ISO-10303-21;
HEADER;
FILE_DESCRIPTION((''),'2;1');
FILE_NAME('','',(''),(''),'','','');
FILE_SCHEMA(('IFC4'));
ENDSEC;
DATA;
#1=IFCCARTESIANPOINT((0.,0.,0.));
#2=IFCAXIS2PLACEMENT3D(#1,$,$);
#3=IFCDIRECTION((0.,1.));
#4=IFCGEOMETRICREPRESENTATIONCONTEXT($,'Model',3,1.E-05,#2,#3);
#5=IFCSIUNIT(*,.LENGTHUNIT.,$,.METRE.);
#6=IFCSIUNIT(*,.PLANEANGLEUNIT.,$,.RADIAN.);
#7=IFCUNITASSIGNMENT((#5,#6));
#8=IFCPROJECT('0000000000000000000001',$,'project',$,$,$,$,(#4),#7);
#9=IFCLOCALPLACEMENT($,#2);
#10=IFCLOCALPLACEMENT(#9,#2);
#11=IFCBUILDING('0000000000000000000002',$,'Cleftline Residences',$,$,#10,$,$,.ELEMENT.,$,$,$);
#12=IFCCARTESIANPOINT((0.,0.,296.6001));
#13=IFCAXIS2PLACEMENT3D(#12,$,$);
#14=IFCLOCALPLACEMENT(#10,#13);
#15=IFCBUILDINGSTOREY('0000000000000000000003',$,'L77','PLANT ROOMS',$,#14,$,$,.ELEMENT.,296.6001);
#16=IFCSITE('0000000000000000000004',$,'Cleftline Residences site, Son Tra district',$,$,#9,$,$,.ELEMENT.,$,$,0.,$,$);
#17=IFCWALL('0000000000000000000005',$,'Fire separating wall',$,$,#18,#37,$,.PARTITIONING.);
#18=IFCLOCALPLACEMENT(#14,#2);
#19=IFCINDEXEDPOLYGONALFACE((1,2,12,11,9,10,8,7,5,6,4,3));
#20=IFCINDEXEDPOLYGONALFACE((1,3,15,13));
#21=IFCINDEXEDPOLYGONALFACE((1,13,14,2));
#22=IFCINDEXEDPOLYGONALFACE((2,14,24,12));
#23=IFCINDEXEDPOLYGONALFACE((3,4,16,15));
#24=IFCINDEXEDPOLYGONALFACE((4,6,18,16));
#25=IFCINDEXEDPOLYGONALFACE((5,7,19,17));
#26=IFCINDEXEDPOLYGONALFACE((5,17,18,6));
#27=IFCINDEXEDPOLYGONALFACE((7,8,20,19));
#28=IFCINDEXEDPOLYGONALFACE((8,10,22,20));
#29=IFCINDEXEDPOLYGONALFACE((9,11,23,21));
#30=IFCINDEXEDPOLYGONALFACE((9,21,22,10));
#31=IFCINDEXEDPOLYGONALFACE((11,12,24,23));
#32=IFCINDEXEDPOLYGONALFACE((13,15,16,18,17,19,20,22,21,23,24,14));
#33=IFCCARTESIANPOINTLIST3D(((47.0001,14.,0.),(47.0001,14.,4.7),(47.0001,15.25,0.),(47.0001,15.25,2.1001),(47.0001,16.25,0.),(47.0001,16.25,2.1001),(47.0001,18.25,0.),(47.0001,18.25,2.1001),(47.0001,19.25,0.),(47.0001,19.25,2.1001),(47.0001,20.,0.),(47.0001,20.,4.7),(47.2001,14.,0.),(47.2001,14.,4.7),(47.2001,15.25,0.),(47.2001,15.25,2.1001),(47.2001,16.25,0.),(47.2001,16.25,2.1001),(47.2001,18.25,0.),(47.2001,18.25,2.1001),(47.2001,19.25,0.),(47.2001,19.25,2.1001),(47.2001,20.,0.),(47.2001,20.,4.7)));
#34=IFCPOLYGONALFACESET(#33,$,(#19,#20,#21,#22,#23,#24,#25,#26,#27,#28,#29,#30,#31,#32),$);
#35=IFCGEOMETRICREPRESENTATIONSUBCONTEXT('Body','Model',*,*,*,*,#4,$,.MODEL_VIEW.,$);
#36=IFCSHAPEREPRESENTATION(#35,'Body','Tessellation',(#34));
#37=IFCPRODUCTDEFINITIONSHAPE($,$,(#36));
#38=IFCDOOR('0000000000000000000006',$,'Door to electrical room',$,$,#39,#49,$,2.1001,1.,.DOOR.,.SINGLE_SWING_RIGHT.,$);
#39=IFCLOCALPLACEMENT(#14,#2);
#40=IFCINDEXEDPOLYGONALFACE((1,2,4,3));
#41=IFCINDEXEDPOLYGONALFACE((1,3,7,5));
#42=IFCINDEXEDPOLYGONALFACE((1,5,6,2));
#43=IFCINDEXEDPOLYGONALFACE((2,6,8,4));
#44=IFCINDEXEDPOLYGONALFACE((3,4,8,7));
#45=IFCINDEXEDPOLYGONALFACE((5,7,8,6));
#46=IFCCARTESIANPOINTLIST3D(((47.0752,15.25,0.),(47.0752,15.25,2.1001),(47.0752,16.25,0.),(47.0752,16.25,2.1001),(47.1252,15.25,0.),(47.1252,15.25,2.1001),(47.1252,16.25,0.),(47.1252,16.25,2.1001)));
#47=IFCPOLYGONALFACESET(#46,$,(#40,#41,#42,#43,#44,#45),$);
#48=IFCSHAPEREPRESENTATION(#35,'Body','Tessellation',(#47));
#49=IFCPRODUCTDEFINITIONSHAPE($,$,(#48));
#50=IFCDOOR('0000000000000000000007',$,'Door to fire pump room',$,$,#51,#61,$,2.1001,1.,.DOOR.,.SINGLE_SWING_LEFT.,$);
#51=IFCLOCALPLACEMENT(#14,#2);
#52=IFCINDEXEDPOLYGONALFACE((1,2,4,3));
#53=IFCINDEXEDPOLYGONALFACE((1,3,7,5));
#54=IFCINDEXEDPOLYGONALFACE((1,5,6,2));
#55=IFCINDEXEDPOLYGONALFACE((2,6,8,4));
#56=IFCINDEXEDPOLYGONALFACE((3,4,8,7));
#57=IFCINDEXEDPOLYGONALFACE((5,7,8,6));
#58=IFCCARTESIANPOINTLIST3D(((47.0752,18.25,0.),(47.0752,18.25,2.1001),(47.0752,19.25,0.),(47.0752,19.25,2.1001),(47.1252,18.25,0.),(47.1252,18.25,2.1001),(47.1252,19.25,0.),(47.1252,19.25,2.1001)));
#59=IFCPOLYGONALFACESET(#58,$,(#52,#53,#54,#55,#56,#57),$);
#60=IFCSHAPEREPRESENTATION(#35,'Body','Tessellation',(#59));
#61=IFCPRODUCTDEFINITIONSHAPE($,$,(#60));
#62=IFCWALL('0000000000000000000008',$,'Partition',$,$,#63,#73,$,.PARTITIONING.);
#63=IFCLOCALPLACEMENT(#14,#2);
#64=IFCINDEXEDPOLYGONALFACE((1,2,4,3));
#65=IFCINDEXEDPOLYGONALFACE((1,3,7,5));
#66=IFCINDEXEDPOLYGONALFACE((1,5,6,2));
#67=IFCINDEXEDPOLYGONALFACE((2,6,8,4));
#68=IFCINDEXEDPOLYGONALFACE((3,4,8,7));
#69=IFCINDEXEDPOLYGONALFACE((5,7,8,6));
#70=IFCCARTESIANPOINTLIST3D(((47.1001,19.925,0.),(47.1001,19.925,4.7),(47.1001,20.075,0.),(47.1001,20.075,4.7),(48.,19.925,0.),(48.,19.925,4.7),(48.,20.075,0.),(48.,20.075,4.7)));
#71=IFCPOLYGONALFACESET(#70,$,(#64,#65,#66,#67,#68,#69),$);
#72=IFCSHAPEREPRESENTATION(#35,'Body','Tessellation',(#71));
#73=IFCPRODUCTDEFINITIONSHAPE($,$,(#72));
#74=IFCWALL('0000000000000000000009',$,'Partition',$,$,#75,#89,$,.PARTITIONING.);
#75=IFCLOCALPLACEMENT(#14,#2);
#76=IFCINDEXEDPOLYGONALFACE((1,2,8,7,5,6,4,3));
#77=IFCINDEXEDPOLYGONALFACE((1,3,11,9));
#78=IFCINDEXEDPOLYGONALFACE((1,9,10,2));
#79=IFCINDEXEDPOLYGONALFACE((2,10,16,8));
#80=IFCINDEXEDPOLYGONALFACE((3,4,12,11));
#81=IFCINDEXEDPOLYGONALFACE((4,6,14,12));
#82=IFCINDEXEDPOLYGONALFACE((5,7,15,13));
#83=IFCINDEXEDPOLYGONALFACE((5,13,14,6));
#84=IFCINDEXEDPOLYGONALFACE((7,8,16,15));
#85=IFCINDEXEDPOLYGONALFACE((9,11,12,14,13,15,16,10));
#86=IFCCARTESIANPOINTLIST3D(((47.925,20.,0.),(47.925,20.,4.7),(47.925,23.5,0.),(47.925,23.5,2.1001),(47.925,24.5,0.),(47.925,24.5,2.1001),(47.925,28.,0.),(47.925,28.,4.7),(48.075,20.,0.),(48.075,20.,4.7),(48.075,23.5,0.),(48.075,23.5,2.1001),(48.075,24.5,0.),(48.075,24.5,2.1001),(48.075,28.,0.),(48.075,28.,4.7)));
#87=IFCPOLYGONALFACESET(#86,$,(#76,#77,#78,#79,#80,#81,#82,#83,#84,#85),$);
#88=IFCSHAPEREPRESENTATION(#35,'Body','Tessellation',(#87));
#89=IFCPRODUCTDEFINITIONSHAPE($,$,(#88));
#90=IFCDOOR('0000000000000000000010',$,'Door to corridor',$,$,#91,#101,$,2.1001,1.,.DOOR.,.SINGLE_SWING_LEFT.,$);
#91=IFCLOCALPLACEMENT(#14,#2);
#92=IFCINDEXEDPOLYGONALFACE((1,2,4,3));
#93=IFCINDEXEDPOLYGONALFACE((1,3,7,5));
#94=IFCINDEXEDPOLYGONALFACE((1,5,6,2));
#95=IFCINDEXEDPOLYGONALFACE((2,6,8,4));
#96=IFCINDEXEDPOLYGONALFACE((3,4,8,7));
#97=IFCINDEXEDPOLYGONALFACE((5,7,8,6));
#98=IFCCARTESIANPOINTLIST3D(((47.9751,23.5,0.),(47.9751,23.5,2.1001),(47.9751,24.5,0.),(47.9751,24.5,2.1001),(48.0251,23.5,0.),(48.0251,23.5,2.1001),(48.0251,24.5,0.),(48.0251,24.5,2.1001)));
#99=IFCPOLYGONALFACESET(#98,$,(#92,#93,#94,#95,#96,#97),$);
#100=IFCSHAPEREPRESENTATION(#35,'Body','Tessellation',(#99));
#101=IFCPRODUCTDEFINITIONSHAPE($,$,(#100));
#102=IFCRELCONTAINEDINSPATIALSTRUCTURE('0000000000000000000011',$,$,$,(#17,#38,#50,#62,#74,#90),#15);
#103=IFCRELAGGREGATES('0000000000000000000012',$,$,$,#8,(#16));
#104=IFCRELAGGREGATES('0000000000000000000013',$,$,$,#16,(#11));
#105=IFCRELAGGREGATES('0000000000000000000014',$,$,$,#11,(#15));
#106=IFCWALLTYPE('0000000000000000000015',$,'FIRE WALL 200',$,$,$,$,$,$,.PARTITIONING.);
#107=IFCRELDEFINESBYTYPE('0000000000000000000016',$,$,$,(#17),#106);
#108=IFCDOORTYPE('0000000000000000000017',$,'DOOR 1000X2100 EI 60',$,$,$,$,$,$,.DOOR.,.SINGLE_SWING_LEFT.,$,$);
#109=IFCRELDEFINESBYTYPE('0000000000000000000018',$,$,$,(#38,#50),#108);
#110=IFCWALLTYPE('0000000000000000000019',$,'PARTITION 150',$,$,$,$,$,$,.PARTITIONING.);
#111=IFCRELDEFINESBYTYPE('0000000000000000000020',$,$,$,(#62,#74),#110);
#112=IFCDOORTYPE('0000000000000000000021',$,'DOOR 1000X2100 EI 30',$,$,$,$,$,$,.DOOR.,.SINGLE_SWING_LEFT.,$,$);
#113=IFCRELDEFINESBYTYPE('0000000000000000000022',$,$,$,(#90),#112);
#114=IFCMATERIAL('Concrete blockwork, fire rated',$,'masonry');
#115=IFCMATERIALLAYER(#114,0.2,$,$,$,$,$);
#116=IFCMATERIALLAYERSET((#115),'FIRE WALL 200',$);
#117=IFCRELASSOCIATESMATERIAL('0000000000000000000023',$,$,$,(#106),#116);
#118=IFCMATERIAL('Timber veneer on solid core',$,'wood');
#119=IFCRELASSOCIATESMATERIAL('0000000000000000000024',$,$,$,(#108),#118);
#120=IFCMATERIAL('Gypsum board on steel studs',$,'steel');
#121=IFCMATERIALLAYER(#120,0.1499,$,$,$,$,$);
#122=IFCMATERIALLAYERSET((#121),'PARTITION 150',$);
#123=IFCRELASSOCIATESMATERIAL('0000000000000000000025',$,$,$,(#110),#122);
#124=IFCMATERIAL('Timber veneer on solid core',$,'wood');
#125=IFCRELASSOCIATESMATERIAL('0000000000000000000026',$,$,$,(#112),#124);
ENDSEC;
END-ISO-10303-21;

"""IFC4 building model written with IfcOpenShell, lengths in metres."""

from ifc_helpers import new_model, si_unit, direction, frame, frame_2d, origin, place, context, subcontext, project, spatial, rectangle, extrude, material, layer, layer_set, type_object, element, fill, save


model = new_model("IFC4")

# Units and contexts
model_context = context("Model", 3, precision=1e-05, world=origin(), true_north=direction((0.0, 1.0)))
body_context = subcontext(model_context, "Body", "Model", "MODEL_VIEW")
ifc_project = project(units=[si_unit("LENGTHUNIT", "METRE"), si_unit("PLANEANGLEUNIT", "RADIAN")], contexts=[model_context])

# Site, building, storey
site_placement = place(None, origin())
site = spatial("IfcSite", under=ifc_project, at=site_placement, Name="Cleftline Residences site, Son Tra district", CompositionType="ELEMENT", RefElevation=0.0)
building_placement = place(site_placement, origin())
building = spatial("IfcBuilding", under=site, at=building_placement, Name="Cleftline Residences", CompositionType="ELEMENT")
storey_placement = place(building_placement, frame((0.0, 0.0, 296.6001)))
storey = spatial("IfcBuildingStorey", under=building, at=storey_placement, Name="L77", Description="PLANT ROOMS", CompositionType="ELEMENT", Elevation=296.6001)

# Shared definitions
ifc_material_1 = material(Name="Concrete blockwork, fire rated", Category="masonry")
ifc_layer_1 = layer(ifc_material_1, 0.2)
ifc_layer_set_1 = layer_set([ifc_layer_1], Name="FIRE WALL 200")
wall_type_1 = type_object("IfcWallType", Name="FIRE WALL 200", PredefinedType="PARTITIONING", material=ifc_layer_set_1)
ifc_material_2 = material(Name="Timber veneer on solid core", Category="wood")
door_type_1 = type_object("IfcDoorType", Name="DOOR 1000X2100 EI 60", OperationType="SINGLE_SWING_LEFT", PredefinedType="DOOR", material=ifc_material_2)

# Wall, openings, doors
wall_1_placement = place(storey_placement, frame((47.1001, 14.0, 0.0), z_axis=(0.0, 0.0, 1.0), x_axis=(0.0, 1.0, 0.0)))
wall_1 = element("IfcWall", 1, at=wall_1_placement, inside=storey, type_object=wall_type_1, Name="Fire separating wall", PredefinedType="PARTITIONING", context=body_context, shape_type="SweptSolid", body=[
    extrude(rectangle(XDim=6.0, YDim=0.2, at=frame_2d((3.0, 0.0))), origin(), (0.0, 0.0, 1.0), 4.7),
])
opening_1_placement = place(wall_1_placement, frame((1.25, 0.0, 0.0)))
opening_1 = element("IfcOpeningElement", 2, at=opening_1_placement, cuts=wall_1, PredefinedType="OPENING", context=body_context, shape_type="SweptSolid", body=[
    extrude(rectangle(XDim=1.0, YDim=2.1001, at=frame_2d((0.5, 1.05))), frame((0.0, 0.1099, 0.0), z_axis=(0.0, -1.0, 0.0), x_axis=(1.0, 0.0, 0.0)), (0.0, 0.0, 1.0), 0.22),
])
opening_2_placement = place(wall_1_placement, frame((4.25, 0.0, 0.0)))
opening_2 = element("IfcOpeningElement", 3, at=opening_2_placement, cuts=wall_1, PredefinedType="OPENING", context=body_context, shape_type="SweptSolid", body=[
    extrude(rectangle(XDim=1.0, YDim=2.1001, at=frame_2d((0.5, 1.05))), frame((0.0, 0.1099, 0.0), z_axis=(0.0, -1.0, 0.0), x_axis=(1.0, 0.0, 0.0)), (0.0, 0.0, 1.0), 0.22),
])
door_1_placement = place(opening_1_placement, origin())
door_1 = element("IfcDoor", 4, at=door_1_placement, inside=storey, type_object=door_type_1, Name="Door to electrical room", OperationType="SINGLE_SWING_RIGHT", OverallHeight=2.1001, OverallWidth=1.0, PredefinedType="DOOR", context=body_context, shape_type="SweptSolid", body=[
    extrude(rectangle(XDim=1.0, YDim=2.1001, at=frame_2d((0.5, 1.05))), frame((0.0, 0.0249, 0.0), z_axis=(0.0, -1.0, 0.0), x_axis=(1.0, 0.0, 0.0)), (0.0, 0.0, 1.0), 0.05),
])
fill(opening_1, door_1)
door_2_placement = place(opening_2_placement, origin())
door_2 = element("IfcDoor", 5, at=door_2_placement, inside=storey, type_object=door_type_1, Name="Door to fire pump room", OperationType="SINGLE_SWING_LEFT", OverallHeight=2.1001, OverallWidth=1.0, PredefinedType="DOOR", context=body_context, shape_type="SweptSolid", body=[
    extrude(rectangle(XDim=1.0, YDim=2.1001, at=frame_2d((0.5, 1.05))), frame((0.0, 0.0249, 0.0), z_axis=(0.0, -1.0, 0.0), x_axis=(1.0, 0.0, 0.0)), (0.0, 0.0, 1.0), 0.05),
])
fill(opening_2, door_2)

# Wall
ifc_material_3 = material(Name="Gypsum board on steel studs", Category="steel")
ifc_layer_2 = layer(ifc_material_3, 0.1499)
ifc_layer_set_2 = layer_set([ifc_layer_2], Name="PARTITION 150")
wall_type_2 = type_object("IfcWallType", Name="PARTITION 150", PredefinedType="PARTITIONING", material=ifc_layer_set_2)
wall_2_placement = place(storey_placement, frame((47.1001, 20.0, 0.0), z_axis=(0.0, 0.0, 1.0), x_axis=(1.0, 0.0, 0.0)))
element("IfcWall", 6, at=wall_2_placement, inside=storey, type_object=wall_type_2, Name="Partition", PredefinedType="PARTITIONING", context=body_context, shape_type="SweptSolid", body=[
    extrude(rectangle(XDim=0.8999, YDim=0.1499, at=frame_2d((0.45, 0.0))), origin(), (0.0, 0.0, 1.0), 4.7),
])

# Wall, opening, door
wall_3_placement = place(storey_placement, frame((48.0, 20.0, 0.0), z_axis=(0.0, 0.0, 1.0), x_axis=(0.0, 1.0, 0.0)))
wall_3 = element("IfcWall", 7, at=wall_3_placement, inside=storey, type_object=wall_type_2, Name="Partition", PredefinedType="PARTITIONING", context=body_context, shape_type="SweptSolid", body=[
    extrude(rectangle(XDim=8.0, YDim=0.1499, at=frame_2d((4.0, 0.0))), origin(), (0.0, 0.0, 1.0), 4.7),
])
opening_3_placement = place(wall_3_placement, frame((3.5, 0.0, 0.0)))
opening_3 = element("IfcOpeningElement", 8, at=opening_3_placement, cuts=wall_3, PredefinedType="OPENING", context=body_context, shape_type="SweptSolid", body=[
    extrude(rectangle(XDim=1.0, YDim=2.1001, at=frame_2d((0.5, 1.05))), frame((0.0, 0.085, 0.0), z_axis=(0.0, -1.0, 0.0), x_axis=(1.0, 0.0, 0.0)), (0.0, 0.0, 1.0), 0.1699),
])
ifc_material_4 = material(Name="Timber veneer on solid core", Category="wood")
door_type_2 = type_object("IfcDoorType", Name="DOOR 1000X2100 EI 30", OperationType="SINGLE_SWING_LEFT", PredefinedType="DOOR", material=ifc_material_4)
door_3_placement = place(opening_3_placement, origin())
door_3 = element("IfcDoor", 9, at=door_3_placement, inside=storey, type_object=door_type_2, Name="Door to corridor", OperationType="SINGLE_SWING_LEFT", OverallHeight=2.1001, OverallWidth=1.0, PredefinedType="DOOR", context=body_context, shape_type="SweptSolid", body=[
    extrude(rectangle(XDim=1.0, YDim=2.1001, at=frame_2d((0.5, 1.05))), frame((0.0, 0.0249, 0.0), z_axis=(0.0, -1.0, 0.0), x_axis=(1.0, 0.0, 0.0)), (0.0, 0.0, 1.0), 0.05),
])
fill(opening_3, door_3)

save(model, "model.ifc")
